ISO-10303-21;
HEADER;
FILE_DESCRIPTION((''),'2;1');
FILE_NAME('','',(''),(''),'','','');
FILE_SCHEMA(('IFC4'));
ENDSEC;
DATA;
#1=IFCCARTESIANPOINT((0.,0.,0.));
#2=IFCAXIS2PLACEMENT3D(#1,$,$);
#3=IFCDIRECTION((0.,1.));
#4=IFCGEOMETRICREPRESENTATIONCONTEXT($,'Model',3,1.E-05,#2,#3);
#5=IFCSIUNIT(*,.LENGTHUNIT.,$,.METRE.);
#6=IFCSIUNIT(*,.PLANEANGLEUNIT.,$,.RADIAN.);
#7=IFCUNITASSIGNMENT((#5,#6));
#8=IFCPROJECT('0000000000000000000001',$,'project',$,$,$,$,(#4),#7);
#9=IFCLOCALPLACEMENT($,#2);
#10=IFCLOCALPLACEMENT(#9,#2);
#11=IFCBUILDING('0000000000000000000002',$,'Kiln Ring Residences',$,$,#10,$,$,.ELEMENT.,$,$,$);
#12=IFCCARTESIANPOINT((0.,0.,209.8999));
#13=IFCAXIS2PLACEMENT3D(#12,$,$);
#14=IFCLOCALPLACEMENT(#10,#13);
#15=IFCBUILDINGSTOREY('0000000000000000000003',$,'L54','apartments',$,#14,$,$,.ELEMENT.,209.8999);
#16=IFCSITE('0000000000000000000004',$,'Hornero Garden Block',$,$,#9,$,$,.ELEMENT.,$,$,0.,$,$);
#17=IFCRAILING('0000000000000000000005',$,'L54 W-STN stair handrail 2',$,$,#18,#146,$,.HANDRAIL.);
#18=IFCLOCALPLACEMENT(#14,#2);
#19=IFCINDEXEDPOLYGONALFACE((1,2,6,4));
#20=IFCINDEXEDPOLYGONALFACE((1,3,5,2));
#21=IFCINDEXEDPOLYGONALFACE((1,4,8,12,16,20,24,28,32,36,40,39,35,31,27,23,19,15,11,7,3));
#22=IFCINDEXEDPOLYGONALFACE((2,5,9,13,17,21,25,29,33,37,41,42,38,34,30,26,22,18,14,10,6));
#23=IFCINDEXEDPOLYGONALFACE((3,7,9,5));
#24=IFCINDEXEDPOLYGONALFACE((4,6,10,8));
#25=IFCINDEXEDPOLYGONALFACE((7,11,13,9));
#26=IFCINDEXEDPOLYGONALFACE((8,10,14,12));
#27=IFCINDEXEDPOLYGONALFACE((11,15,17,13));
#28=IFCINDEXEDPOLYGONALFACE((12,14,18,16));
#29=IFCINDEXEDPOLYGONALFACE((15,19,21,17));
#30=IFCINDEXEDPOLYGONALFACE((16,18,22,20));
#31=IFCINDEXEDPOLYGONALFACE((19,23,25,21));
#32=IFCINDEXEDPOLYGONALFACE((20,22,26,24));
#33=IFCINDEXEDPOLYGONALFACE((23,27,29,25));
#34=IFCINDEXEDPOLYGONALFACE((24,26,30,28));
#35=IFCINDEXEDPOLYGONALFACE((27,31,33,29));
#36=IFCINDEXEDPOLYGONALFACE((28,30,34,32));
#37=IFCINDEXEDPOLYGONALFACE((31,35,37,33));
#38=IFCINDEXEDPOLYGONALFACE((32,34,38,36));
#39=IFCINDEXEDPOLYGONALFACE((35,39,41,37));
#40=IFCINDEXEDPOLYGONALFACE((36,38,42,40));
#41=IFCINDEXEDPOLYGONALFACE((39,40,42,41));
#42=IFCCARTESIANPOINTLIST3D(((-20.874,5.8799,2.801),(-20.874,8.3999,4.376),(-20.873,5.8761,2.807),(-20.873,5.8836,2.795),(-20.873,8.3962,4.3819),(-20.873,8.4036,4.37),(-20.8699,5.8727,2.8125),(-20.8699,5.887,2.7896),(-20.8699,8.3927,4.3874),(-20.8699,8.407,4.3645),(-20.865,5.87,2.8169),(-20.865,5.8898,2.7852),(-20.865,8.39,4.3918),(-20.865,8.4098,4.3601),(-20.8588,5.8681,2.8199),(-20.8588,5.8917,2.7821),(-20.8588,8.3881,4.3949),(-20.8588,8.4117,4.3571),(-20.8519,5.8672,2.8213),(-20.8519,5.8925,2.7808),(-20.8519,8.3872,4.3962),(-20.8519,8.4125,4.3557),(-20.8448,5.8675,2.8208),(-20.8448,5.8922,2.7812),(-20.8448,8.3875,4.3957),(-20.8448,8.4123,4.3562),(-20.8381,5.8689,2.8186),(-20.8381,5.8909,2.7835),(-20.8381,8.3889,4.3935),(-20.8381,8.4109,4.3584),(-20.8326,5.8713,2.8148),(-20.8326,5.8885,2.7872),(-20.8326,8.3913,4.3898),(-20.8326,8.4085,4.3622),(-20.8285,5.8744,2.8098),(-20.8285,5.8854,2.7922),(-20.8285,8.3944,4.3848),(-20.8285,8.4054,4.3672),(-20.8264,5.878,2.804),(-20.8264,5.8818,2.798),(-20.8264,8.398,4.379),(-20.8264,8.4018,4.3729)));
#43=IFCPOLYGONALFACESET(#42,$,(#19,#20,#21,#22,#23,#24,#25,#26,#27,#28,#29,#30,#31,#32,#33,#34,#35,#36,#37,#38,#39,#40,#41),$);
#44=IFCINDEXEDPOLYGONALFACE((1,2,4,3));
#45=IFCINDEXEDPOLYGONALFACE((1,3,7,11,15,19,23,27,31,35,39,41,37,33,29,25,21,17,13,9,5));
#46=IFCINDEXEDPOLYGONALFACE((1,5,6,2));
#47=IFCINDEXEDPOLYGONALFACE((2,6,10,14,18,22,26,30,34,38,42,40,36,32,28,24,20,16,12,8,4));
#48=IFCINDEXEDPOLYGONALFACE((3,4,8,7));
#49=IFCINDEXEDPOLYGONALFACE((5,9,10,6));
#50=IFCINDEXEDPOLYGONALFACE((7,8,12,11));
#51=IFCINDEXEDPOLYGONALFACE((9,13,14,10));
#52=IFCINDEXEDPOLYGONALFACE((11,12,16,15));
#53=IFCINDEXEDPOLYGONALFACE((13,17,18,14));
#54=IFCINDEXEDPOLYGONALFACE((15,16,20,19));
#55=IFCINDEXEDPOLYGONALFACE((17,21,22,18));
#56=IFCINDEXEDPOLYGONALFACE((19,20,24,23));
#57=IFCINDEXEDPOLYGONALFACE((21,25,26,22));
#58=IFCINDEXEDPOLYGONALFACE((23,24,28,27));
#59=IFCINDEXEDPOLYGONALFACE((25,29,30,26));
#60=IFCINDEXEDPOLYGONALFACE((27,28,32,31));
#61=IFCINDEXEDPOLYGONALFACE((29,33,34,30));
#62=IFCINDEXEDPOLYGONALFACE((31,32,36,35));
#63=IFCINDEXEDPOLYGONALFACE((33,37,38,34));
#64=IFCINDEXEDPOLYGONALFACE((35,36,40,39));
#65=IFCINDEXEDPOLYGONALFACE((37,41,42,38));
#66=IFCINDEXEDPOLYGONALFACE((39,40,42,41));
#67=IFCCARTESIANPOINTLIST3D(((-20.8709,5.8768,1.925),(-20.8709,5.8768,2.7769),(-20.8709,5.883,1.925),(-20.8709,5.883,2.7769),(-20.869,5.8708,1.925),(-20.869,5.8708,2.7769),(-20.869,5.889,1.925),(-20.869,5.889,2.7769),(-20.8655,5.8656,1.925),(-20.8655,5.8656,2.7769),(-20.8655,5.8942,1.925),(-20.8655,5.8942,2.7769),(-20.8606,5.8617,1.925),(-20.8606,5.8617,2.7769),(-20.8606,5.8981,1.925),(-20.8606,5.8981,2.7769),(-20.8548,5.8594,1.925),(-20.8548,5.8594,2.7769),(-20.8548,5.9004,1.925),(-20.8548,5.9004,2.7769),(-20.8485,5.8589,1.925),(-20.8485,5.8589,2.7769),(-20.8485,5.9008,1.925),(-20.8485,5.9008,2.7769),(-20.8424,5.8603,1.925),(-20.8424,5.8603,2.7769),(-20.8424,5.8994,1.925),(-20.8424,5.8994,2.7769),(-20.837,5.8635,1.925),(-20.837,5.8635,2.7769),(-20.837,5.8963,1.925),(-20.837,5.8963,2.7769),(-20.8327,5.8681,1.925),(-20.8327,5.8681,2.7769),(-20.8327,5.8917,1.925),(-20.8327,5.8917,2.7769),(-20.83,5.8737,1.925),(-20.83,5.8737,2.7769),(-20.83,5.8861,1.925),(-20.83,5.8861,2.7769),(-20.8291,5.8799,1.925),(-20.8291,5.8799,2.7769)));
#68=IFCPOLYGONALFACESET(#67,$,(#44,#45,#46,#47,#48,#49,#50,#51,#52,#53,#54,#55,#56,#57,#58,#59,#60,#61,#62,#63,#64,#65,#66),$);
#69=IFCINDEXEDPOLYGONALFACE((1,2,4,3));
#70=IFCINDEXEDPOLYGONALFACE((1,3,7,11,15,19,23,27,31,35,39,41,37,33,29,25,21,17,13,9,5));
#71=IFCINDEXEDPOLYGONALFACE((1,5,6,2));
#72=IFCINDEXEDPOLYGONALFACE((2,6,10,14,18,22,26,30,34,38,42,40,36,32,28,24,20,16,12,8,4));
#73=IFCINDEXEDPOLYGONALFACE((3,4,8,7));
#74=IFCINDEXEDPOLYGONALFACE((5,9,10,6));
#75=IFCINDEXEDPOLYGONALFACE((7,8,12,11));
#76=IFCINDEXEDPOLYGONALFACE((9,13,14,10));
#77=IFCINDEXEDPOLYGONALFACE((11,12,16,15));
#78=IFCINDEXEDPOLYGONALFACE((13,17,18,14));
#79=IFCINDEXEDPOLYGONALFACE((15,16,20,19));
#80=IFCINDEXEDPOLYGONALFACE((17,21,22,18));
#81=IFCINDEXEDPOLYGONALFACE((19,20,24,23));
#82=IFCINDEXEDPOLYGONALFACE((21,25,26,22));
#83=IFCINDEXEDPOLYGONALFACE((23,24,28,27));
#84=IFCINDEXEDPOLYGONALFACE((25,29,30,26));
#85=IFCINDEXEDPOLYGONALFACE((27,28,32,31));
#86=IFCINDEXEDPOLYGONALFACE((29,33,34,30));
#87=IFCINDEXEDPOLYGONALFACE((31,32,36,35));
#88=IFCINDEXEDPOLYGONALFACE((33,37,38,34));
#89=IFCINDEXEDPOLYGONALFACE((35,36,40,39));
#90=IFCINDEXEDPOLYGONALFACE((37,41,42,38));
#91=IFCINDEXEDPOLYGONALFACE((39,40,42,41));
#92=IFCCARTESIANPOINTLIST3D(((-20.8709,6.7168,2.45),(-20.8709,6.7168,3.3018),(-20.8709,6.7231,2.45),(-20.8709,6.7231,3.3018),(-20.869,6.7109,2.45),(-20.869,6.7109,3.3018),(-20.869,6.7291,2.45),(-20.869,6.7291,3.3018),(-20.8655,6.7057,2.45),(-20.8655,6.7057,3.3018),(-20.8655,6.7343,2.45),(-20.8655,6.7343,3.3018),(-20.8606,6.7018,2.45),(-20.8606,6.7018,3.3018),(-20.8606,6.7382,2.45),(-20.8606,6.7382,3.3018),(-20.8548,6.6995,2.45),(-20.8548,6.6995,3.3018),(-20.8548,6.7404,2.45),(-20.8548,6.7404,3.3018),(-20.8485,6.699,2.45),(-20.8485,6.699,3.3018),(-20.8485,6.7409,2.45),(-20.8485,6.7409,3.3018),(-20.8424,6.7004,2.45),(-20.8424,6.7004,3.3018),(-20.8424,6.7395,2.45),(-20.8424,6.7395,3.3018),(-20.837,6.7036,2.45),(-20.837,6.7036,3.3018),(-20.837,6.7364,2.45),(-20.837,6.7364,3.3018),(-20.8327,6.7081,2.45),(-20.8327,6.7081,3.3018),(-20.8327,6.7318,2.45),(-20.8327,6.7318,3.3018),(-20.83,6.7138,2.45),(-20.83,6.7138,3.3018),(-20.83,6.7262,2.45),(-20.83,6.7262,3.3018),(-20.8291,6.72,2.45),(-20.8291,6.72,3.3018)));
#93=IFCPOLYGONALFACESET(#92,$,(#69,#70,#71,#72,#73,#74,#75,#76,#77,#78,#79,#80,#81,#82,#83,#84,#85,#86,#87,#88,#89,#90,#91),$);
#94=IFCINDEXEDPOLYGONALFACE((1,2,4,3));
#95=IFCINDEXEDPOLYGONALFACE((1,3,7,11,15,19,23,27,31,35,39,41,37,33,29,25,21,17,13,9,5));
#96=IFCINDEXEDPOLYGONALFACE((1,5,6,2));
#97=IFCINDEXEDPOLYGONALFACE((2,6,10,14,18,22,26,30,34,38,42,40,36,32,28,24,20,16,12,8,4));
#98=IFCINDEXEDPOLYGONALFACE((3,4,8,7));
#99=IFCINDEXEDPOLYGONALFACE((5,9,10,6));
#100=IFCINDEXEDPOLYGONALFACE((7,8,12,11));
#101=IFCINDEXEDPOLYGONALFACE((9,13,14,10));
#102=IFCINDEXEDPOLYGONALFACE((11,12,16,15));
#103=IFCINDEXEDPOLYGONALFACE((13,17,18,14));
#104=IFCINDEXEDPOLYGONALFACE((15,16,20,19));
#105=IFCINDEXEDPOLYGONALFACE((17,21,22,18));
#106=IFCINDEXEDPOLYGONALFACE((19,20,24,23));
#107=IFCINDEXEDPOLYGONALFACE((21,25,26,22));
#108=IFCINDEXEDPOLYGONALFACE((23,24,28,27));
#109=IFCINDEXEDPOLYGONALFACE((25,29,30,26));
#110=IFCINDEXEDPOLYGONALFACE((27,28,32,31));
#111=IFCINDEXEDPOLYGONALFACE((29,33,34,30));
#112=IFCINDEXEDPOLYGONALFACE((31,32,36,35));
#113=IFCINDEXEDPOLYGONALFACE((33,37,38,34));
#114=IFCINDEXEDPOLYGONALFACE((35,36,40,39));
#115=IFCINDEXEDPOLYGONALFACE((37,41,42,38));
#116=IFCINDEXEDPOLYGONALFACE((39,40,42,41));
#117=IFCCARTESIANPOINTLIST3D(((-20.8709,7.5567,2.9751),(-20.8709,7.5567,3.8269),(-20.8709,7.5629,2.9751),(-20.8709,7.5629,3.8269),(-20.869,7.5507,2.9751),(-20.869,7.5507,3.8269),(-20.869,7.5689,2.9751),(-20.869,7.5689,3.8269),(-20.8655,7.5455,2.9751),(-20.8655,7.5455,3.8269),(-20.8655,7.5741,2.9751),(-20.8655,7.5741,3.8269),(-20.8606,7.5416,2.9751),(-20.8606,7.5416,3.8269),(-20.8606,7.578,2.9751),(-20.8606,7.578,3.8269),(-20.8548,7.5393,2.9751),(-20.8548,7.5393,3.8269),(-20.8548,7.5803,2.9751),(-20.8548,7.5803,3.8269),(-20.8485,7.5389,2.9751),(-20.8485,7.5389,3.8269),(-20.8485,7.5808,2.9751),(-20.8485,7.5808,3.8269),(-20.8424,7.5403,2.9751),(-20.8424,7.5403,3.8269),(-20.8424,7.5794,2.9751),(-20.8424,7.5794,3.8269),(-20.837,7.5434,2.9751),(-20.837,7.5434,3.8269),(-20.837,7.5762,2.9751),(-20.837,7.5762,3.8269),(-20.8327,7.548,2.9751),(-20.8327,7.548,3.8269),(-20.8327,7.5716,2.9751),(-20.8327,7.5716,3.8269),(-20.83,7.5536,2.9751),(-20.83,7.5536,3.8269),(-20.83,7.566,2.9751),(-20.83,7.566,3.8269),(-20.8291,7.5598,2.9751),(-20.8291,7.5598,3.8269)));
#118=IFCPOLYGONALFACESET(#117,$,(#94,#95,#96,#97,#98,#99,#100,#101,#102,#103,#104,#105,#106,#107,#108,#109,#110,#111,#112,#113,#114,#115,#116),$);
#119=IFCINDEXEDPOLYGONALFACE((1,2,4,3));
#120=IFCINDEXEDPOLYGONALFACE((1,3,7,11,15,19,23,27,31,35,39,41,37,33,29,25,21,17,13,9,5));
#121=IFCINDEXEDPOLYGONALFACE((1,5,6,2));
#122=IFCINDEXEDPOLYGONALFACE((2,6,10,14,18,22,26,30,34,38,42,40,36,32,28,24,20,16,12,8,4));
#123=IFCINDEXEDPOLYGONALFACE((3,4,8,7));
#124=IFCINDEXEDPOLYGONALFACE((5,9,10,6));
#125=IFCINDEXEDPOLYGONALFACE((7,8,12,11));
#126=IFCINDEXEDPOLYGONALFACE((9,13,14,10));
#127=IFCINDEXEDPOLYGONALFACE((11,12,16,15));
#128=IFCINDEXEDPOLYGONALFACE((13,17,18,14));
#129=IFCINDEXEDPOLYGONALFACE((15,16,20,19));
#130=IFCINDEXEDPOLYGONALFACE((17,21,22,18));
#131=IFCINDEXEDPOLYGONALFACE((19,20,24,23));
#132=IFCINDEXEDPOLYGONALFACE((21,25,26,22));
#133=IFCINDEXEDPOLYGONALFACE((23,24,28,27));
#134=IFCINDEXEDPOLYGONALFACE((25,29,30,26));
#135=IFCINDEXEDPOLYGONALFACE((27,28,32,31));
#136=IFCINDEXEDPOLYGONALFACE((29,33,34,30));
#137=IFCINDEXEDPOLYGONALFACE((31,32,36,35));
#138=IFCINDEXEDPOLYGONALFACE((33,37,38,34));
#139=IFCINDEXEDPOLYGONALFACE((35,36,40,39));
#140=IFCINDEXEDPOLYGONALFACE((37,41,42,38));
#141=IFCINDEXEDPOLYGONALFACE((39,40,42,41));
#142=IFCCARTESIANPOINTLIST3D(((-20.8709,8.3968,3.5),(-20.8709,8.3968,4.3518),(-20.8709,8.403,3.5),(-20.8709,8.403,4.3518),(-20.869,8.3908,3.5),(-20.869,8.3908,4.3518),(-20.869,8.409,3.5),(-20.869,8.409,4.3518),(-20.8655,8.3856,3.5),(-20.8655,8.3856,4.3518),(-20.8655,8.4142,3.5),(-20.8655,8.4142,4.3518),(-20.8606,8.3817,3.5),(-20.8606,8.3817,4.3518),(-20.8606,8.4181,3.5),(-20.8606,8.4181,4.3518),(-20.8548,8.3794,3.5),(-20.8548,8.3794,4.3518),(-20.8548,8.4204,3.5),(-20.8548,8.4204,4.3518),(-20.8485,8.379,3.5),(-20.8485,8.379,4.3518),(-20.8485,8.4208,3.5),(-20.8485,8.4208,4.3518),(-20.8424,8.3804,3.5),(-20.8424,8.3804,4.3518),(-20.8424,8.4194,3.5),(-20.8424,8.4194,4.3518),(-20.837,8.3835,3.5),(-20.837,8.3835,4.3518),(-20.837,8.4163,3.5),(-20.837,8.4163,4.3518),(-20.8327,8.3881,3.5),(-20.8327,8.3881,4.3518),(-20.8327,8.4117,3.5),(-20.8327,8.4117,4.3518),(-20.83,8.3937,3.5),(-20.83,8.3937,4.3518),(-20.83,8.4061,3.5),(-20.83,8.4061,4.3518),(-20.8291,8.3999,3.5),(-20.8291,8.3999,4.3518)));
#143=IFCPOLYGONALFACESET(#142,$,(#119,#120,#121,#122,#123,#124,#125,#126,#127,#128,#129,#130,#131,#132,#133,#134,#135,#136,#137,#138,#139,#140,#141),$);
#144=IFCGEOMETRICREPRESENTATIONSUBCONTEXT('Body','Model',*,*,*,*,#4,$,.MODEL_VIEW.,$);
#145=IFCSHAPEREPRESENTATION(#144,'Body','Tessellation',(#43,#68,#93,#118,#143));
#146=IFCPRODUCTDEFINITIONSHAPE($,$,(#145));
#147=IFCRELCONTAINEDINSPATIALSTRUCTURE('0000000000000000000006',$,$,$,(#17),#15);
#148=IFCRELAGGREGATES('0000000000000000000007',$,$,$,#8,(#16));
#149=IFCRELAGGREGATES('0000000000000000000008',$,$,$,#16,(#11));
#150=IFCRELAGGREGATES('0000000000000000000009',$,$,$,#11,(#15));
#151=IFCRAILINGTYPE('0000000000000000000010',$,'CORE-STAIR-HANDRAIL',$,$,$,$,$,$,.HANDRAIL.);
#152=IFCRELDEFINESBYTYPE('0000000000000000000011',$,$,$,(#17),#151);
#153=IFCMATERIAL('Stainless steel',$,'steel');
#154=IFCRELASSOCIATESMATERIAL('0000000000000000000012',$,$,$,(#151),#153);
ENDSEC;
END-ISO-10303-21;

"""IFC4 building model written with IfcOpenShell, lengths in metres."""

from ifc_helpers import new_model, si_unit, direction, frame, origin, origin_2d, place, context, subcontext, project, spatial, circle, extrude, material, type_object, element, save


model = new_model("IFC4")

# Units and contexts
model_context = context("Model", 3, precision=1e-05, world=origin(), true_north=direction((0.0, 1.0)))
body_context = subcontext(model_context, "Body", "Model", "MODEL_VIEW")
ifc_project = project(units=[si_unit("LENGTHUNIT", "METRE"), si_unit("PLANEANGLEUNIT", "RADIAN")], contexts=[model_context])

# Site, building, storey
site_placement = place(None, origin())
site = spatial("IfcSite", under=ifc_project, at=site_placement, Name="Hornero Garden Block", CompositionType="ELEMENT", RefElevation=0.0)
building_placement = place(site_placement, origin())
building = spatial("IfcBuilding", under=site, at=building_placement, Name="Kiln Ring Residences", CompositionType="ELEMENT")
storey_placement = place(building_placement, frame((0.0, 0.0, 209.8999)))
storey = spatial("IfcBuildingStorey", under=building, at=storey_placement, Name="L54", Description="apartments", CompositionType="ELEMENT", Elevation=209.8999)

# Railing
ifc_material_1 = material(Name="Stainless steel", Category="steel")
railing_type_1 = type_object("IfcRailingType", Name="CORE-STAIR-HANDRAIL", PredefinedType="HANDRAIL", material=ifc_material_1)
railing_1_placement = place(storey_placement, frame((-20.8501, 5.8799, 1.925)))
element("IfcRailing", 1, at=railing_1_placement, inside=storey, type_object=railing_type_1, Name="L54 W-STN stair handrail 2", PredefinedType="HANDRAIL", context=body_context, shape_type="SweptSolid", body=[
    extrude(circle(Radius=0.0239, at=origin_2d()), frame((0.0, 0.0, 0.876), z_axis=(0.0, 0.848008, 0.529984), x_axis=(-1.0, 0.0, 0.0)), (0.0, 0.0, 1.0), 2.9717),
    extrude(circle(Radius=0.021, at=origin_2d()), origin(), (0.0, 0.0, 1.0), 0.8518),
    extrude(circle(Radius=0.021, at=origin_2d()), frame((0.0, 0.8401, 0.5249)), (0.0, 0.0, 1.0), 0.8518),
    extrude(circle(Radius=0.021, at=origin_2d()), frame((0.0, 1.6799, 1.05)), (0.0, 0.0, 1.0), 0.8518),
    extrude(circle(Radius=0.021, at=origin_2d()), frame((0.0, 2.52, 1.575)), (0.0, 0.0, 1.0), 0.8518),
])

save(model, "model.ifc")
